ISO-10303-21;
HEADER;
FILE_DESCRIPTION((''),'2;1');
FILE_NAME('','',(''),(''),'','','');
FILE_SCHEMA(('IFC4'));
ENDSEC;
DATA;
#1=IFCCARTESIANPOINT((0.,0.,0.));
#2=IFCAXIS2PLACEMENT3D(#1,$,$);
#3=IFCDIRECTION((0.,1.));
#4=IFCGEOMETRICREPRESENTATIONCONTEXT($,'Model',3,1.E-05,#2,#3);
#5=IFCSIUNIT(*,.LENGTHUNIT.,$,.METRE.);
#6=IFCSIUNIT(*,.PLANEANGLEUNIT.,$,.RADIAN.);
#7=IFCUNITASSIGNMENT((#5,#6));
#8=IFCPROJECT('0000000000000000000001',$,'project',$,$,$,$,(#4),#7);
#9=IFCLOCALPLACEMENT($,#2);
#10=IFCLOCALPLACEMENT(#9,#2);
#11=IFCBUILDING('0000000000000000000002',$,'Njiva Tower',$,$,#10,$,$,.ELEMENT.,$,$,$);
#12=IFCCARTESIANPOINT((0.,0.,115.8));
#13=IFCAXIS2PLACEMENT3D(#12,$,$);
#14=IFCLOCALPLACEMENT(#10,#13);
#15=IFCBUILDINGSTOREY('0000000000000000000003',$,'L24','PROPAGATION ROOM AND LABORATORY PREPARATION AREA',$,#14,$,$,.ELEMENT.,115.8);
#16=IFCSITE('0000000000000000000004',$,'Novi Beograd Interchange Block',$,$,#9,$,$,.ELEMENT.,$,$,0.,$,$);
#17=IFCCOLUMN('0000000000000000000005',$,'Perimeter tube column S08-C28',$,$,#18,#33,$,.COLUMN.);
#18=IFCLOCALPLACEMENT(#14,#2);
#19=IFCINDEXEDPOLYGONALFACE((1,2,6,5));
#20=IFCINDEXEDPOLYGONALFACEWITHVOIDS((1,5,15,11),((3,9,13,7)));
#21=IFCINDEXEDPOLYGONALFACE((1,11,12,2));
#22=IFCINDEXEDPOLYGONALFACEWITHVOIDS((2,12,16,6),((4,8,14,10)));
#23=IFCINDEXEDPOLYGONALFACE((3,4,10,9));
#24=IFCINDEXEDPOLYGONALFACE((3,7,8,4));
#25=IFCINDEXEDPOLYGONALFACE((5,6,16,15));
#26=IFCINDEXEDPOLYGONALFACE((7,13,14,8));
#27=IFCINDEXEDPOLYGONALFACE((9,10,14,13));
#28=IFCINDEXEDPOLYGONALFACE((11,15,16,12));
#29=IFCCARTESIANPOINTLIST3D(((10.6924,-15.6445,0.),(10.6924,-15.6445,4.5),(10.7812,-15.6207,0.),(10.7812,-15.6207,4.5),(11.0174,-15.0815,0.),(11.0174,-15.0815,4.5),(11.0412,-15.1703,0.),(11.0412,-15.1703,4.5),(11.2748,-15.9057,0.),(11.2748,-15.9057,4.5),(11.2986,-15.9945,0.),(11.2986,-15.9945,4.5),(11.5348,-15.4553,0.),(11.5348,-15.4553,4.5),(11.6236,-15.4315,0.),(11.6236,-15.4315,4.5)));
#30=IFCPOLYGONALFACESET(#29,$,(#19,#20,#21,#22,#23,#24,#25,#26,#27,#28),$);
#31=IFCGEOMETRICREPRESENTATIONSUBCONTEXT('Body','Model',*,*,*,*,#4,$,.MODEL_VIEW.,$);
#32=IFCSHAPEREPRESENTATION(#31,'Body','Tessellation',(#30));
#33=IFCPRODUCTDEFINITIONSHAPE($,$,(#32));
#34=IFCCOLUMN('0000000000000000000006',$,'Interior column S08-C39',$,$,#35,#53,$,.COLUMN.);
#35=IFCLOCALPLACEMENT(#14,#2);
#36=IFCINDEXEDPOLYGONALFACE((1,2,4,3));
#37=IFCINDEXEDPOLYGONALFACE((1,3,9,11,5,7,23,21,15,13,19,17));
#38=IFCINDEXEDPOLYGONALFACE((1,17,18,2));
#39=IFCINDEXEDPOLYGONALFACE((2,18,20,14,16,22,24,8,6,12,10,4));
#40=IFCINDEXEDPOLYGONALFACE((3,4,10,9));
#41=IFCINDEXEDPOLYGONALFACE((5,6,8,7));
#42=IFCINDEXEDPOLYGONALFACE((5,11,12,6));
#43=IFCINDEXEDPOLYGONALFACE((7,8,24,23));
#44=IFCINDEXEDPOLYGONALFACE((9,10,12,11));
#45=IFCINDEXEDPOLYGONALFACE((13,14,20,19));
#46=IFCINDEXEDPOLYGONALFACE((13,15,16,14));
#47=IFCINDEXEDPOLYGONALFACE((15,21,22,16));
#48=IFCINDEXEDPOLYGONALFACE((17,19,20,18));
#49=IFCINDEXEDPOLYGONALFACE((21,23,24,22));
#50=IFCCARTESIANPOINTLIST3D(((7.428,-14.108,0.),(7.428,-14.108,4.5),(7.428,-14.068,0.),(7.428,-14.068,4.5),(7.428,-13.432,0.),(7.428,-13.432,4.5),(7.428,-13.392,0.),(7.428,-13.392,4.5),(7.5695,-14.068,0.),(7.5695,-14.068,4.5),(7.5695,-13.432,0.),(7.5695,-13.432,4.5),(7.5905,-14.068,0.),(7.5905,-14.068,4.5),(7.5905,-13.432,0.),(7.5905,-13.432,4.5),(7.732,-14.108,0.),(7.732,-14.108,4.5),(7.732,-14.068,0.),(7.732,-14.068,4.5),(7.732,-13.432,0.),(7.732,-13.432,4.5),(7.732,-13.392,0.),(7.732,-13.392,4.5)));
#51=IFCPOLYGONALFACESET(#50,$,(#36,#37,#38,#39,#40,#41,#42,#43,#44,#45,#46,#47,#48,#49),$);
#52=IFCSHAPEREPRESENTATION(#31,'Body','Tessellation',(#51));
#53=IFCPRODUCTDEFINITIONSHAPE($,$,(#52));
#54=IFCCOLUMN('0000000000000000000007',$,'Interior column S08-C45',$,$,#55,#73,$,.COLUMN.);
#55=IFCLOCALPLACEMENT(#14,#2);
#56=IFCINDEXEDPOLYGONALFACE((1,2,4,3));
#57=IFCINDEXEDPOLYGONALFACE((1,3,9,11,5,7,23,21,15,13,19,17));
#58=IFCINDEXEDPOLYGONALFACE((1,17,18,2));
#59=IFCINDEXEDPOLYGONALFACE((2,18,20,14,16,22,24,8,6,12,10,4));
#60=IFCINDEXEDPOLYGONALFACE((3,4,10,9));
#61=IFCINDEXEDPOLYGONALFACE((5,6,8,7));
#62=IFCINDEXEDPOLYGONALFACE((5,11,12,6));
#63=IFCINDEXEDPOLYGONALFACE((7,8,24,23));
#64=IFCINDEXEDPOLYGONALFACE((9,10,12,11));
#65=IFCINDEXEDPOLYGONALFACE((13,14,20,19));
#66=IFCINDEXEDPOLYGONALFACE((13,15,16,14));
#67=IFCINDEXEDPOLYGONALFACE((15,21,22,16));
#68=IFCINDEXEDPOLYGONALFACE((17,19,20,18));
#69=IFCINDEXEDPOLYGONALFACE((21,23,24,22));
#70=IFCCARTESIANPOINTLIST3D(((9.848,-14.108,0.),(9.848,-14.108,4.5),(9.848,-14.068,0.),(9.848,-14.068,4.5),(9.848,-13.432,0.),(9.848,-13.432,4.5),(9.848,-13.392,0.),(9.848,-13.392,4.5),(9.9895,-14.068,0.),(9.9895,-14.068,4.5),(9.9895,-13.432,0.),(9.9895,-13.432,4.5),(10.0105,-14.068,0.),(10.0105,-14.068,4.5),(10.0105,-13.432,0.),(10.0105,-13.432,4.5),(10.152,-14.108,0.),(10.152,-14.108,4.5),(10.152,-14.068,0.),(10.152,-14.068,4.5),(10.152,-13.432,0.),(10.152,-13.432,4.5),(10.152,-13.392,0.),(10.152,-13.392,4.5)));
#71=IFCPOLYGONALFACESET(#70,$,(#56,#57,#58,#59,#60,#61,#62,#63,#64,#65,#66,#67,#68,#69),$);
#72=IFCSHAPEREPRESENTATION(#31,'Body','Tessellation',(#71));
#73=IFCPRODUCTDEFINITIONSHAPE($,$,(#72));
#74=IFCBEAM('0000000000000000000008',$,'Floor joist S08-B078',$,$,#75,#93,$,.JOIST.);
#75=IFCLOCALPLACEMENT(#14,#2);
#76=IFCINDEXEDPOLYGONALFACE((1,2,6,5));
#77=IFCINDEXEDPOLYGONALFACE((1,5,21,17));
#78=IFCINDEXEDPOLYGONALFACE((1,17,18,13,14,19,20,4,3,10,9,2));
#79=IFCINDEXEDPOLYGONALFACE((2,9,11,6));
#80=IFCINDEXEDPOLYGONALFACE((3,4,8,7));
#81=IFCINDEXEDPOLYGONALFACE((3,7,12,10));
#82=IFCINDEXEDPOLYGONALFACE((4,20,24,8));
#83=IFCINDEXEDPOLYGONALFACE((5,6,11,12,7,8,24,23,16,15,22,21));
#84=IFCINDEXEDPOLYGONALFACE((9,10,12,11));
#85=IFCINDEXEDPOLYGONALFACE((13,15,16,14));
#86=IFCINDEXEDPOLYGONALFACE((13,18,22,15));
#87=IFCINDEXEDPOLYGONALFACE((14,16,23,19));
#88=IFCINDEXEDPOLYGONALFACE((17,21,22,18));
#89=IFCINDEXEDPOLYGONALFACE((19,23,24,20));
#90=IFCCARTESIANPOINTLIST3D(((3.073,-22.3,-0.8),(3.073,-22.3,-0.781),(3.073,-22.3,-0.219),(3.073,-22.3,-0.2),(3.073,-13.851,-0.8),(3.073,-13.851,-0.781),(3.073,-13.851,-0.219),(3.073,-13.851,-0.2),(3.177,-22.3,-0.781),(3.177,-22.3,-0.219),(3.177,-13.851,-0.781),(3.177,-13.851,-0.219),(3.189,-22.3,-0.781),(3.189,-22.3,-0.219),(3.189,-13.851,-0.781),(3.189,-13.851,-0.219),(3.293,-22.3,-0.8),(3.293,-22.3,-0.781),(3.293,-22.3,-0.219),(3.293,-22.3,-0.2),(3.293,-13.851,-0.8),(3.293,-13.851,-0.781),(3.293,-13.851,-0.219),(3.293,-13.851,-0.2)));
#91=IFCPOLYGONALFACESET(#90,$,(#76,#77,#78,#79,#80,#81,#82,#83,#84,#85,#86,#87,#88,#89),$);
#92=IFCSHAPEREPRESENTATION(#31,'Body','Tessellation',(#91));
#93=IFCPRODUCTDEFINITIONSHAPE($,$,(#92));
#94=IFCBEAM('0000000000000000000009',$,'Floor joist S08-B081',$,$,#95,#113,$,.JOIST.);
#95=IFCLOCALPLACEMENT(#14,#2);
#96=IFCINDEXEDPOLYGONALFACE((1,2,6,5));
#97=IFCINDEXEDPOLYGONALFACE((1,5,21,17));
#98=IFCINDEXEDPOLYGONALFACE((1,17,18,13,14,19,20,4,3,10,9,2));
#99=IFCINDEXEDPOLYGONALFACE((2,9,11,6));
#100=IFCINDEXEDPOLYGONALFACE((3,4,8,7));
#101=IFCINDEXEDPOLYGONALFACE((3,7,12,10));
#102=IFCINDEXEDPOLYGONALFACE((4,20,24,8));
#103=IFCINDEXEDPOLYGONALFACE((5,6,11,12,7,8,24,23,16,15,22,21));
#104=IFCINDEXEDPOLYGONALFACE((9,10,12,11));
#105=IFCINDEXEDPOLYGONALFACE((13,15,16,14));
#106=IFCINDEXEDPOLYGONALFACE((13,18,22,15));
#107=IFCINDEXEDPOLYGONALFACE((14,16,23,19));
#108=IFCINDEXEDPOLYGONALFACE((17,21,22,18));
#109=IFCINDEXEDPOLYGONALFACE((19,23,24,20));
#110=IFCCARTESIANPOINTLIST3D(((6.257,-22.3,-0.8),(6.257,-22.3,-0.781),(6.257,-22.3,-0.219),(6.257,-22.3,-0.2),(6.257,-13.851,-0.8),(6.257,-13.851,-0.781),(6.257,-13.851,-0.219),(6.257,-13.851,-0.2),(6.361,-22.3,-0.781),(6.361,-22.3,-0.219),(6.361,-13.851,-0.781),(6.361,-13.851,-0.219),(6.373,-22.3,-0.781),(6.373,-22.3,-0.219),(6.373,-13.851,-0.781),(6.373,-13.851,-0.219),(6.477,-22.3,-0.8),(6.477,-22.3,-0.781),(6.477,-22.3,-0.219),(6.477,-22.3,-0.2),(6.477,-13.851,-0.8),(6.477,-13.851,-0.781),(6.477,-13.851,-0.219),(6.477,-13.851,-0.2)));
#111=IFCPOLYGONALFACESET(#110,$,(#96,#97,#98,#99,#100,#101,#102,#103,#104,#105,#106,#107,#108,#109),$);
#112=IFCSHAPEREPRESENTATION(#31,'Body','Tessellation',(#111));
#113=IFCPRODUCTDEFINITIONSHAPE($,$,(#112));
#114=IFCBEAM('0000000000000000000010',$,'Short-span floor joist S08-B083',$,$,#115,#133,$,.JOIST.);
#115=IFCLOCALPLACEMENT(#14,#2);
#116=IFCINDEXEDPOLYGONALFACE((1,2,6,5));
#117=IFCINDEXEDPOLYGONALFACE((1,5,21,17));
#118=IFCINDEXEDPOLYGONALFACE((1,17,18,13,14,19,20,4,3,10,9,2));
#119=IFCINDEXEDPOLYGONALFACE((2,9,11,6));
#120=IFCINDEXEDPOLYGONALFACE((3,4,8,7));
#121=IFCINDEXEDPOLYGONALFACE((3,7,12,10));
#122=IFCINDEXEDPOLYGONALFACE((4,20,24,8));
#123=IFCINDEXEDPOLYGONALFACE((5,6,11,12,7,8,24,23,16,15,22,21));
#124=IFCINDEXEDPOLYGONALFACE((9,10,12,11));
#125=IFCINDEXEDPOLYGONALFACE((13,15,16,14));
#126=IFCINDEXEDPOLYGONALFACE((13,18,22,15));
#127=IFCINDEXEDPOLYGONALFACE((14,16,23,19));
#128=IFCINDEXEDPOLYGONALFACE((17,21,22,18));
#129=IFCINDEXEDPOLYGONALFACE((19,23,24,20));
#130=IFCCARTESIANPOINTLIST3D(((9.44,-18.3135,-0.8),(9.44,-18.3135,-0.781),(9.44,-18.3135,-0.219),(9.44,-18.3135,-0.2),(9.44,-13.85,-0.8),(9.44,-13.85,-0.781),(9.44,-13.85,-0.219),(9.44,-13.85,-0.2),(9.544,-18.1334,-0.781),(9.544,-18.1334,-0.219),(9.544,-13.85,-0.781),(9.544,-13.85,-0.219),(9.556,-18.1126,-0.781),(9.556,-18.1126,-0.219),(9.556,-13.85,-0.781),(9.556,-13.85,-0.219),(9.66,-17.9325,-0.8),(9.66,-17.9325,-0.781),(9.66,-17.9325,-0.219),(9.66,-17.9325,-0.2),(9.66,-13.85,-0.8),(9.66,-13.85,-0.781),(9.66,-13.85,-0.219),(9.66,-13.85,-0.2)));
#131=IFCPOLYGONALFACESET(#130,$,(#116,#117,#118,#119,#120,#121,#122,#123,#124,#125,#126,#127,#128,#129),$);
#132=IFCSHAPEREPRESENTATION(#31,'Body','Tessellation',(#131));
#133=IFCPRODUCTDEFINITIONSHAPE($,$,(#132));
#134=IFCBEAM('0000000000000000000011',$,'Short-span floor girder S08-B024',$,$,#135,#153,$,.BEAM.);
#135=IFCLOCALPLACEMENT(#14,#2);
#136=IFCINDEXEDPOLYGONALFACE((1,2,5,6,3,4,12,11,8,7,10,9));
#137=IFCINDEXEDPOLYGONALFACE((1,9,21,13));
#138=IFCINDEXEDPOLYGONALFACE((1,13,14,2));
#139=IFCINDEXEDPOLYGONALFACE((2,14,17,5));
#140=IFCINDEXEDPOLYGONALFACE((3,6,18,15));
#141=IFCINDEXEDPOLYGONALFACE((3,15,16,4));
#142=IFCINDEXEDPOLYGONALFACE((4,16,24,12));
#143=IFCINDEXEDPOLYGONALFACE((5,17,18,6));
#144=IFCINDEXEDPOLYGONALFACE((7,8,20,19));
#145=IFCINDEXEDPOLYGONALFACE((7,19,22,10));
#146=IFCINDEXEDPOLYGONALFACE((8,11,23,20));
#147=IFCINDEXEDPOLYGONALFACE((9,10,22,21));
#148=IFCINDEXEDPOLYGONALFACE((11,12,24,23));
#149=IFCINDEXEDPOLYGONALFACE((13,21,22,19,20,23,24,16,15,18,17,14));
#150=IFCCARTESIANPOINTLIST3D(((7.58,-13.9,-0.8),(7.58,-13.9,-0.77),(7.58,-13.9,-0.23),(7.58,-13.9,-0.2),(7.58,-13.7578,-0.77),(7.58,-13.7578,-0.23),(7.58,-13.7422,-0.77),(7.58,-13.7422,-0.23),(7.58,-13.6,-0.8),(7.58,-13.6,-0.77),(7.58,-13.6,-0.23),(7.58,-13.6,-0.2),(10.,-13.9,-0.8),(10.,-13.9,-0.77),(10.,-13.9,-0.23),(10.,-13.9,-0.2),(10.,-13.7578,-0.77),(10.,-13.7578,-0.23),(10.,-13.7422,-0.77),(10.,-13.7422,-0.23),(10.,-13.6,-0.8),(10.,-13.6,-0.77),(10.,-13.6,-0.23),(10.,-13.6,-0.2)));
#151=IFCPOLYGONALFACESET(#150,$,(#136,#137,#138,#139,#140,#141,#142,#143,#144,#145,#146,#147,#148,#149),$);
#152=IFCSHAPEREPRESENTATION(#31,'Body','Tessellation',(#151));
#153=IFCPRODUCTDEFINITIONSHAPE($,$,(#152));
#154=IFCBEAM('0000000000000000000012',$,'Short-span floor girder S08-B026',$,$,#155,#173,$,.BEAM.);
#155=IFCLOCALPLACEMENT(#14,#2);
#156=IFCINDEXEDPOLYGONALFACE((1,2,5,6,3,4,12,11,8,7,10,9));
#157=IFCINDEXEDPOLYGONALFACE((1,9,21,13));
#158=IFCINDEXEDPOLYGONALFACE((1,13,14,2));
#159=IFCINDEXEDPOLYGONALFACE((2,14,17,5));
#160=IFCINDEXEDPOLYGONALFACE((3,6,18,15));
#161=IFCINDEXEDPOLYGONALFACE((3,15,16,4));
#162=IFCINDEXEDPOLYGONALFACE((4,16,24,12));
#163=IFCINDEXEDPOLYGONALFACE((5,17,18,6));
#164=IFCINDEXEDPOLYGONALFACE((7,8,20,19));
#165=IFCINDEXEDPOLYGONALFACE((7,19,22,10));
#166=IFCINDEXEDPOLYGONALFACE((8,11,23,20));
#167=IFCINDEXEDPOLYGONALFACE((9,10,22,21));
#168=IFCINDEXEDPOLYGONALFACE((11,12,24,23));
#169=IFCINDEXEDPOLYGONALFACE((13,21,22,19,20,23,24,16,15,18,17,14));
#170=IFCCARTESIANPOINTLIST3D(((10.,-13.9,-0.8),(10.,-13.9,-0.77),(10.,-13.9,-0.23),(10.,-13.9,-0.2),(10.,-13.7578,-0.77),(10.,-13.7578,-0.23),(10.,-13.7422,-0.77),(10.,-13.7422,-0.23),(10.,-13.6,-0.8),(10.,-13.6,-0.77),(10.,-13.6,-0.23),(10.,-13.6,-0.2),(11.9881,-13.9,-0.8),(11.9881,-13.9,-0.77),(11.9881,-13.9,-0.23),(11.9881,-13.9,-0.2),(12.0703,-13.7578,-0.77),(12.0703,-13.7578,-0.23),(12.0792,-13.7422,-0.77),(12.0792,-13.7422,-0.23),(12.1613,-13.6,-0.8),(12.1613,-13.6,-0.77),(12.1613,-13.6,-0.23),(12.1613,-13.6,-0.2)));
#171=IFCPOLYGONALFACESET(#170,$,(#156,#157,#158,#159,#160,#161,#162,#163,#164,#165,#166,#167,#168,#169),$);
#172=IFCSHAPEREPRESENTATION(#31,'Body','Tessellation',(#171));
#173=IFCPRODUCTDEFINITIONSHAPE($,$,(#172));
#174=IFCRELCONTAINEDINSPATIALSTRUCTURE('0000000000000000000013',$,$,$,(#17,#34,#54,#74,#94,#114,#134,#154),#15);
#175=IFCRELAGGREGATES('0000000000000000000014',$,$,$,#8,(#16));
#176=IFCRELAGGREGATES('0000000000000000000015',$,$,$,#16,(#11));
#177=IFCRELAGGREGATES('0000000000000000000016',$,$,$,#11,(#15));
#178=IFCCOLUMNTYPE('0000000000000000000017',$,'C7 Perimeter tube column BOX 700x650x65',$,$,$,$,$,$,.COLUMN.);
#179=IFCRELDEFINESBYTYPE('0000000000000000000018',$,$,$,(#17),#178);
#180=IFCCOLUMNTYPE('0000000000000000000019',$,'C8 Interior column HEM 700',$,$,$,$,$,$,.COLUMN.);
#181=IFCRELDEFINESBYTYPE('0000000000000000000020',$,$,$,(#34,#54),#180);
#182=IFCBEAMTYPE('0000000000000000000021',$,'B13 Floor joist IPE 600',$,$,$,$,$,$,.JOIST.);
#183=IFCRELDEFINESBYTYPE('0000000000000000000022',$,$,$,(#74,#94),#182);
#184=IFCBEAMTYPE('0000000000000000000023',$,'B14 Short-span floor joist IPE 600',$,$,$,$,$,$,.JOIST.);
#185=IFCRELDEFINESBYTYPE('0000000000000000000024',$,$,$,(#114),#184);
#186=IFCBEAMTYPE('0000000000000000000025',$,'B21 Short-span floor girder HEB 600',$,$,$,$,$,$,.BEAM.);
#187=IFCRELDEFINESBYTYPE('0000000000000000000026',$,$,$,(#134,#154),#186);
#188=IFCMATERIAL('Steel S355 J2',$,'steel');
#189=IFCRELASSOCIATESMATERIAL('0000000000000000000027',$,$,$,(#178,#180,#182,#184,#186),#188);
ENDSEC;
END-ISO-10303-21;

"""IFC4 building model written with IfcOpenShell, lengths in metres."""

from ifc_helpers import new_model, si_unit, direction, frame, origin, origin_2d, place, context, subcontext, project, spatial, hollow_rectangle, i_section, extrude, clip, halfspace, material, material_profile, profile_set, type_object, element, save


model = new_model("IFC4")

# Units and contexts
model_context = context("Model", 3, precision=1e-05, world=origin(), true_north=direction((0.0, 1.0)))
body_context = subcontext(model_context, "Body", "Model", "MODEL_VIEW")
ifc_project = project(units=[si_unit("LENGTHUNIT", "METRE"), si_unit("PLANEANGLEUNIT", "RADIAN")], contexts=[model_context])

# Site, building, storey
site_placement = place(None, origin())
site = spatial("IfcSite", under=ifc_project, at=site_placement, Name="Novi Beograd Interchange Block", CompositionType="ELEMENT", RefElevation=0.0)
building_placement = place(site_placement, origin())
building = spatial("IfcBuilding", under=site, at=building_placement, Name="Njiva Tower", CompositionType="ELEMENT")
storey_placement = place(building_placement, frame((0.0, 0.0, 115.8)))
storey = spatial("IfcBuildingStorey", under=building, at=storey_placement, Name="L24", Description="PROPAGATION ROOM AND LABORATORY PREPARATION AREA", CompositionType="ELEMENT", Elevation=115.8)

# Columns
ifc_material_1 = material(Name="Steel S355 J2", Category="steel")
ifc_material_profile_1 = material_profile(ifc_material_1, hollow_rectangle(XDim=0.65, YDim=0.7, WallThickness=0.065, at=origin_2d()), Name="BOX 700x650x65")
ifc_profile_set_1 = profile_set([ifc_material_profile_1], Name="Steel S355 J2")
column_type_1 = type_object("IfcColumnType", Name="C7 Perimeter tube column BOX 700x650x65", PredefinedType="COLUMN", material=ifc_profile_set_1)
column_placement = place(storey_placement, frame((11.158, -15.538, 0.0), z_axis=(0.0, 0.0, 1.0), x_axis=(0.5, 0.866025, 0.0)))
element("IfcColumn", 1, at=column_placement, inside=storey, type_object=column_type_1, Name="Perimeter tube column S08-C28", PredefinedType="COLUMN", context=body_context, shape_type="SweptSolid", body=[
    extrude(hollow_rectangle(XDim=0.65, YDim=0.7, WallThickness=0.065, at=origin_2d()), origin(), (0.0, 0.0, 1.0), 4.5),
])
ifc_material_profile_2 = material_profile(ifc_material_1, i_section(OverallWidth=0.304, OverallDepth=0.716, WebThickness=0.021, FlangeThickness=0.04, at=origin_2d()), Name="HEM 700")
ifc_profile_set_2 = profile_set([ifc_material_profile_2], Name="Steel S355 J2")
column_type_2 = type_object("IfcColumnType", Name="C8 Interior column HEM 700", PredefinedType="COLUMN", material=ifc_profile_set_2)
for number, where, z_axis, x_axis, name in (
    (2, (7.58, -13.75, 0.0), (0.0, 0.0, 1.0), (1.0, 0.0, 0.0), "Interior column S08-C39"),
    (3, (10.0, -13.75, 0.0), (0.0, 0.0, 1.0), (1.0, 0.0, 0.0), "Interior column S08-C45"),
):
    element("IfcColumn", number, at=place(storey_placement, frame(where, z_axis=z_axis, x_axis=x_axis)), inside=storey, type_object=column_type_2, Name=name, PredefinedType="COLUMN", context=body_context, shape_type="SweptSolid", body=[
        extrude(i_section(OverallWidth=0.304, OverallDepth=0.716, WebThickness=0.021, FlangeThickness=0.04, at=origin_2d()), origin(), (0.0, 0.0, 1.0), 4.5),
    ])

# Beams
ifc_material_profile_3 = material_profile(ifc_material_1, i_section(OverallWidth=0.22, OverallDepth=0.6, WebThickness=0.012, FlangeThickness=0.019, at=origin_2d()), Name="IPE 600")
ifc_profile_set_3 = profile_set([ifc_material_profile_3], Name="Steel S355 J2")
beam_type_1 = type_object("IfcBeamType", Name="B13 Floor joist IPE 600", PredefinedType="JOIST", material=ifc_profile_set_3)
for number, where, z_axis, x_axis, name in (
    (4, (3.183, -13.851, -0.5), (0.0, -1.0, 0.0), (1.0, 0.0, 0.0), "Floor joist S08-B078"),
    (5, (6.367, -13.851, -0.5), (0.0, -1.0, 0.0), (1.0, 0.0, 0.0), "Floor joist S08-B081"),
):
    element("IfcBeam", number, at=place(storey_placement, frame(where, z_axis=z_axis, x_axis=x_axis)), inside=storey, type_object=beam_type_1, Name=name, PredefinedType="JOIST", context=body_context, shape_type="SweptSolid", body=[
        extrude(i_section(OverallWidth=0.22, OverallDepth=0.6, WebThickness=0.012, FlangeThickness=0.019, at=origin_2d()), origin(), (0.0, 0.0, 1.0), 8.449),
    ])
ifc_material_profile_4 = material_profile(ifc_material_1, i_section(OverallWidth=0.22, OverallDepth=0.6, WebThickness=0.012, FlangeThickness=0.019, at=origin_2d()), Name="IPE 600")
ifc_profile_set_4 = profile_set([ifc_material_profile_4], Name="Steel S355 J2")
beam_type_2 = type_object("IfcBeamType", Name="B14 Short-span floor joist IPE 600", PredefinedType="JOIST", material=ifc_profile_set_4)
beam_1_placement = place(storey_placement, frame((9.55, -13.85, -0.5), z_axis=(0.0, -1.0, 0.0), x_axis=(1.0, 0.0, 0.0)))
element("IfcBeam", 6, at=beam_1_placement, inside=storey, type_object=beam_type_2, Name="Short-span floor joist S08-B083", PredefinedType="JOIST", context=body_context, shape_type="Clipping", body=[
    clip(extrude(i_section(OverallWidth=0.22, OverallDepth=0.6, WebThickness=0.012, FlangeThickness=0.019, at=origin_2d()), origin(), (0.0, 0.0, 1.0), 4.484), halfspace(frame((0.0433, 0.0, 4.198), z_axis=(0.866027, 0.0, 0.499998), x_axis=(0.0, 1.0, 0.0)), False)),
])
ifc_material_profile_5 = material_profile(ifc_material_1, i_section(OverallWidth=0.3, OverallDepth=0.6, WebThickness=0.0155, FlangeThickness=0.03, at=origin_2d()), Name="HEB 600")
ifc_profile_set_5 = profile_set([ifc_material_profile_5], Name="Steel S355 J2")
beam_type_3 = type_object("IfcBeamType", Name="B21 Short-span floor girder HEB 600", PredefinedType="BEAM", material=ifc_profile_set_5)
beam_2_placement = place(storey_placement, frame((7.58, -13.75, -0.5), z_axis=(1.0, 0.0, 0.0), x_axis=(0.0, 1.0, 0.0)))
element("IfcBeam", 7, at=beam_2_placement, inside=storey, type_object=beam_type_3, Name="Short-span floor girder S08-B024", PredefinedType="BEAM", context=body_context, shape_type="SweptSolid", body=[
    extrude(i_section(OverallWidth=0.3, OverallDepth=0.6, WebThickness=0.0155, FlangeThickness=0.03, at=origin_2d()), origin(), (0.0, 0.0, 1.0), 2.42),
])
beam_3_placement = place(storey_placement, frame((10.0, -13.75, -0.5), z_axis=(1.0, 0.0, 0.0), x_axis=(0.0, 1.0, 0.0)))
element("IfcBeam", 8, at=beam_3_placement, inside=storey, type_object=beam_type_3, Name="Short-span floor girder S08-B026", PredefinedType="BEAM", context=body_context, shape_type="Clipping", body=[
    clip(extrude(i_section(OverallWidth=0.3, OverallDepth=0.6, WebThickness=0.0155, FlangeThickness=0.03, at=origin_2d()), origin(), (0.0, 0.0, 1.0), 2.182), halfspace(frame((-0.025, 0.0, 2.0603), z_axis=(-0.499998, 0.0, 0.866027), x_axis=(0.0, 1.0, 0.0)), False)),
])

save(model, "model.ifc")
